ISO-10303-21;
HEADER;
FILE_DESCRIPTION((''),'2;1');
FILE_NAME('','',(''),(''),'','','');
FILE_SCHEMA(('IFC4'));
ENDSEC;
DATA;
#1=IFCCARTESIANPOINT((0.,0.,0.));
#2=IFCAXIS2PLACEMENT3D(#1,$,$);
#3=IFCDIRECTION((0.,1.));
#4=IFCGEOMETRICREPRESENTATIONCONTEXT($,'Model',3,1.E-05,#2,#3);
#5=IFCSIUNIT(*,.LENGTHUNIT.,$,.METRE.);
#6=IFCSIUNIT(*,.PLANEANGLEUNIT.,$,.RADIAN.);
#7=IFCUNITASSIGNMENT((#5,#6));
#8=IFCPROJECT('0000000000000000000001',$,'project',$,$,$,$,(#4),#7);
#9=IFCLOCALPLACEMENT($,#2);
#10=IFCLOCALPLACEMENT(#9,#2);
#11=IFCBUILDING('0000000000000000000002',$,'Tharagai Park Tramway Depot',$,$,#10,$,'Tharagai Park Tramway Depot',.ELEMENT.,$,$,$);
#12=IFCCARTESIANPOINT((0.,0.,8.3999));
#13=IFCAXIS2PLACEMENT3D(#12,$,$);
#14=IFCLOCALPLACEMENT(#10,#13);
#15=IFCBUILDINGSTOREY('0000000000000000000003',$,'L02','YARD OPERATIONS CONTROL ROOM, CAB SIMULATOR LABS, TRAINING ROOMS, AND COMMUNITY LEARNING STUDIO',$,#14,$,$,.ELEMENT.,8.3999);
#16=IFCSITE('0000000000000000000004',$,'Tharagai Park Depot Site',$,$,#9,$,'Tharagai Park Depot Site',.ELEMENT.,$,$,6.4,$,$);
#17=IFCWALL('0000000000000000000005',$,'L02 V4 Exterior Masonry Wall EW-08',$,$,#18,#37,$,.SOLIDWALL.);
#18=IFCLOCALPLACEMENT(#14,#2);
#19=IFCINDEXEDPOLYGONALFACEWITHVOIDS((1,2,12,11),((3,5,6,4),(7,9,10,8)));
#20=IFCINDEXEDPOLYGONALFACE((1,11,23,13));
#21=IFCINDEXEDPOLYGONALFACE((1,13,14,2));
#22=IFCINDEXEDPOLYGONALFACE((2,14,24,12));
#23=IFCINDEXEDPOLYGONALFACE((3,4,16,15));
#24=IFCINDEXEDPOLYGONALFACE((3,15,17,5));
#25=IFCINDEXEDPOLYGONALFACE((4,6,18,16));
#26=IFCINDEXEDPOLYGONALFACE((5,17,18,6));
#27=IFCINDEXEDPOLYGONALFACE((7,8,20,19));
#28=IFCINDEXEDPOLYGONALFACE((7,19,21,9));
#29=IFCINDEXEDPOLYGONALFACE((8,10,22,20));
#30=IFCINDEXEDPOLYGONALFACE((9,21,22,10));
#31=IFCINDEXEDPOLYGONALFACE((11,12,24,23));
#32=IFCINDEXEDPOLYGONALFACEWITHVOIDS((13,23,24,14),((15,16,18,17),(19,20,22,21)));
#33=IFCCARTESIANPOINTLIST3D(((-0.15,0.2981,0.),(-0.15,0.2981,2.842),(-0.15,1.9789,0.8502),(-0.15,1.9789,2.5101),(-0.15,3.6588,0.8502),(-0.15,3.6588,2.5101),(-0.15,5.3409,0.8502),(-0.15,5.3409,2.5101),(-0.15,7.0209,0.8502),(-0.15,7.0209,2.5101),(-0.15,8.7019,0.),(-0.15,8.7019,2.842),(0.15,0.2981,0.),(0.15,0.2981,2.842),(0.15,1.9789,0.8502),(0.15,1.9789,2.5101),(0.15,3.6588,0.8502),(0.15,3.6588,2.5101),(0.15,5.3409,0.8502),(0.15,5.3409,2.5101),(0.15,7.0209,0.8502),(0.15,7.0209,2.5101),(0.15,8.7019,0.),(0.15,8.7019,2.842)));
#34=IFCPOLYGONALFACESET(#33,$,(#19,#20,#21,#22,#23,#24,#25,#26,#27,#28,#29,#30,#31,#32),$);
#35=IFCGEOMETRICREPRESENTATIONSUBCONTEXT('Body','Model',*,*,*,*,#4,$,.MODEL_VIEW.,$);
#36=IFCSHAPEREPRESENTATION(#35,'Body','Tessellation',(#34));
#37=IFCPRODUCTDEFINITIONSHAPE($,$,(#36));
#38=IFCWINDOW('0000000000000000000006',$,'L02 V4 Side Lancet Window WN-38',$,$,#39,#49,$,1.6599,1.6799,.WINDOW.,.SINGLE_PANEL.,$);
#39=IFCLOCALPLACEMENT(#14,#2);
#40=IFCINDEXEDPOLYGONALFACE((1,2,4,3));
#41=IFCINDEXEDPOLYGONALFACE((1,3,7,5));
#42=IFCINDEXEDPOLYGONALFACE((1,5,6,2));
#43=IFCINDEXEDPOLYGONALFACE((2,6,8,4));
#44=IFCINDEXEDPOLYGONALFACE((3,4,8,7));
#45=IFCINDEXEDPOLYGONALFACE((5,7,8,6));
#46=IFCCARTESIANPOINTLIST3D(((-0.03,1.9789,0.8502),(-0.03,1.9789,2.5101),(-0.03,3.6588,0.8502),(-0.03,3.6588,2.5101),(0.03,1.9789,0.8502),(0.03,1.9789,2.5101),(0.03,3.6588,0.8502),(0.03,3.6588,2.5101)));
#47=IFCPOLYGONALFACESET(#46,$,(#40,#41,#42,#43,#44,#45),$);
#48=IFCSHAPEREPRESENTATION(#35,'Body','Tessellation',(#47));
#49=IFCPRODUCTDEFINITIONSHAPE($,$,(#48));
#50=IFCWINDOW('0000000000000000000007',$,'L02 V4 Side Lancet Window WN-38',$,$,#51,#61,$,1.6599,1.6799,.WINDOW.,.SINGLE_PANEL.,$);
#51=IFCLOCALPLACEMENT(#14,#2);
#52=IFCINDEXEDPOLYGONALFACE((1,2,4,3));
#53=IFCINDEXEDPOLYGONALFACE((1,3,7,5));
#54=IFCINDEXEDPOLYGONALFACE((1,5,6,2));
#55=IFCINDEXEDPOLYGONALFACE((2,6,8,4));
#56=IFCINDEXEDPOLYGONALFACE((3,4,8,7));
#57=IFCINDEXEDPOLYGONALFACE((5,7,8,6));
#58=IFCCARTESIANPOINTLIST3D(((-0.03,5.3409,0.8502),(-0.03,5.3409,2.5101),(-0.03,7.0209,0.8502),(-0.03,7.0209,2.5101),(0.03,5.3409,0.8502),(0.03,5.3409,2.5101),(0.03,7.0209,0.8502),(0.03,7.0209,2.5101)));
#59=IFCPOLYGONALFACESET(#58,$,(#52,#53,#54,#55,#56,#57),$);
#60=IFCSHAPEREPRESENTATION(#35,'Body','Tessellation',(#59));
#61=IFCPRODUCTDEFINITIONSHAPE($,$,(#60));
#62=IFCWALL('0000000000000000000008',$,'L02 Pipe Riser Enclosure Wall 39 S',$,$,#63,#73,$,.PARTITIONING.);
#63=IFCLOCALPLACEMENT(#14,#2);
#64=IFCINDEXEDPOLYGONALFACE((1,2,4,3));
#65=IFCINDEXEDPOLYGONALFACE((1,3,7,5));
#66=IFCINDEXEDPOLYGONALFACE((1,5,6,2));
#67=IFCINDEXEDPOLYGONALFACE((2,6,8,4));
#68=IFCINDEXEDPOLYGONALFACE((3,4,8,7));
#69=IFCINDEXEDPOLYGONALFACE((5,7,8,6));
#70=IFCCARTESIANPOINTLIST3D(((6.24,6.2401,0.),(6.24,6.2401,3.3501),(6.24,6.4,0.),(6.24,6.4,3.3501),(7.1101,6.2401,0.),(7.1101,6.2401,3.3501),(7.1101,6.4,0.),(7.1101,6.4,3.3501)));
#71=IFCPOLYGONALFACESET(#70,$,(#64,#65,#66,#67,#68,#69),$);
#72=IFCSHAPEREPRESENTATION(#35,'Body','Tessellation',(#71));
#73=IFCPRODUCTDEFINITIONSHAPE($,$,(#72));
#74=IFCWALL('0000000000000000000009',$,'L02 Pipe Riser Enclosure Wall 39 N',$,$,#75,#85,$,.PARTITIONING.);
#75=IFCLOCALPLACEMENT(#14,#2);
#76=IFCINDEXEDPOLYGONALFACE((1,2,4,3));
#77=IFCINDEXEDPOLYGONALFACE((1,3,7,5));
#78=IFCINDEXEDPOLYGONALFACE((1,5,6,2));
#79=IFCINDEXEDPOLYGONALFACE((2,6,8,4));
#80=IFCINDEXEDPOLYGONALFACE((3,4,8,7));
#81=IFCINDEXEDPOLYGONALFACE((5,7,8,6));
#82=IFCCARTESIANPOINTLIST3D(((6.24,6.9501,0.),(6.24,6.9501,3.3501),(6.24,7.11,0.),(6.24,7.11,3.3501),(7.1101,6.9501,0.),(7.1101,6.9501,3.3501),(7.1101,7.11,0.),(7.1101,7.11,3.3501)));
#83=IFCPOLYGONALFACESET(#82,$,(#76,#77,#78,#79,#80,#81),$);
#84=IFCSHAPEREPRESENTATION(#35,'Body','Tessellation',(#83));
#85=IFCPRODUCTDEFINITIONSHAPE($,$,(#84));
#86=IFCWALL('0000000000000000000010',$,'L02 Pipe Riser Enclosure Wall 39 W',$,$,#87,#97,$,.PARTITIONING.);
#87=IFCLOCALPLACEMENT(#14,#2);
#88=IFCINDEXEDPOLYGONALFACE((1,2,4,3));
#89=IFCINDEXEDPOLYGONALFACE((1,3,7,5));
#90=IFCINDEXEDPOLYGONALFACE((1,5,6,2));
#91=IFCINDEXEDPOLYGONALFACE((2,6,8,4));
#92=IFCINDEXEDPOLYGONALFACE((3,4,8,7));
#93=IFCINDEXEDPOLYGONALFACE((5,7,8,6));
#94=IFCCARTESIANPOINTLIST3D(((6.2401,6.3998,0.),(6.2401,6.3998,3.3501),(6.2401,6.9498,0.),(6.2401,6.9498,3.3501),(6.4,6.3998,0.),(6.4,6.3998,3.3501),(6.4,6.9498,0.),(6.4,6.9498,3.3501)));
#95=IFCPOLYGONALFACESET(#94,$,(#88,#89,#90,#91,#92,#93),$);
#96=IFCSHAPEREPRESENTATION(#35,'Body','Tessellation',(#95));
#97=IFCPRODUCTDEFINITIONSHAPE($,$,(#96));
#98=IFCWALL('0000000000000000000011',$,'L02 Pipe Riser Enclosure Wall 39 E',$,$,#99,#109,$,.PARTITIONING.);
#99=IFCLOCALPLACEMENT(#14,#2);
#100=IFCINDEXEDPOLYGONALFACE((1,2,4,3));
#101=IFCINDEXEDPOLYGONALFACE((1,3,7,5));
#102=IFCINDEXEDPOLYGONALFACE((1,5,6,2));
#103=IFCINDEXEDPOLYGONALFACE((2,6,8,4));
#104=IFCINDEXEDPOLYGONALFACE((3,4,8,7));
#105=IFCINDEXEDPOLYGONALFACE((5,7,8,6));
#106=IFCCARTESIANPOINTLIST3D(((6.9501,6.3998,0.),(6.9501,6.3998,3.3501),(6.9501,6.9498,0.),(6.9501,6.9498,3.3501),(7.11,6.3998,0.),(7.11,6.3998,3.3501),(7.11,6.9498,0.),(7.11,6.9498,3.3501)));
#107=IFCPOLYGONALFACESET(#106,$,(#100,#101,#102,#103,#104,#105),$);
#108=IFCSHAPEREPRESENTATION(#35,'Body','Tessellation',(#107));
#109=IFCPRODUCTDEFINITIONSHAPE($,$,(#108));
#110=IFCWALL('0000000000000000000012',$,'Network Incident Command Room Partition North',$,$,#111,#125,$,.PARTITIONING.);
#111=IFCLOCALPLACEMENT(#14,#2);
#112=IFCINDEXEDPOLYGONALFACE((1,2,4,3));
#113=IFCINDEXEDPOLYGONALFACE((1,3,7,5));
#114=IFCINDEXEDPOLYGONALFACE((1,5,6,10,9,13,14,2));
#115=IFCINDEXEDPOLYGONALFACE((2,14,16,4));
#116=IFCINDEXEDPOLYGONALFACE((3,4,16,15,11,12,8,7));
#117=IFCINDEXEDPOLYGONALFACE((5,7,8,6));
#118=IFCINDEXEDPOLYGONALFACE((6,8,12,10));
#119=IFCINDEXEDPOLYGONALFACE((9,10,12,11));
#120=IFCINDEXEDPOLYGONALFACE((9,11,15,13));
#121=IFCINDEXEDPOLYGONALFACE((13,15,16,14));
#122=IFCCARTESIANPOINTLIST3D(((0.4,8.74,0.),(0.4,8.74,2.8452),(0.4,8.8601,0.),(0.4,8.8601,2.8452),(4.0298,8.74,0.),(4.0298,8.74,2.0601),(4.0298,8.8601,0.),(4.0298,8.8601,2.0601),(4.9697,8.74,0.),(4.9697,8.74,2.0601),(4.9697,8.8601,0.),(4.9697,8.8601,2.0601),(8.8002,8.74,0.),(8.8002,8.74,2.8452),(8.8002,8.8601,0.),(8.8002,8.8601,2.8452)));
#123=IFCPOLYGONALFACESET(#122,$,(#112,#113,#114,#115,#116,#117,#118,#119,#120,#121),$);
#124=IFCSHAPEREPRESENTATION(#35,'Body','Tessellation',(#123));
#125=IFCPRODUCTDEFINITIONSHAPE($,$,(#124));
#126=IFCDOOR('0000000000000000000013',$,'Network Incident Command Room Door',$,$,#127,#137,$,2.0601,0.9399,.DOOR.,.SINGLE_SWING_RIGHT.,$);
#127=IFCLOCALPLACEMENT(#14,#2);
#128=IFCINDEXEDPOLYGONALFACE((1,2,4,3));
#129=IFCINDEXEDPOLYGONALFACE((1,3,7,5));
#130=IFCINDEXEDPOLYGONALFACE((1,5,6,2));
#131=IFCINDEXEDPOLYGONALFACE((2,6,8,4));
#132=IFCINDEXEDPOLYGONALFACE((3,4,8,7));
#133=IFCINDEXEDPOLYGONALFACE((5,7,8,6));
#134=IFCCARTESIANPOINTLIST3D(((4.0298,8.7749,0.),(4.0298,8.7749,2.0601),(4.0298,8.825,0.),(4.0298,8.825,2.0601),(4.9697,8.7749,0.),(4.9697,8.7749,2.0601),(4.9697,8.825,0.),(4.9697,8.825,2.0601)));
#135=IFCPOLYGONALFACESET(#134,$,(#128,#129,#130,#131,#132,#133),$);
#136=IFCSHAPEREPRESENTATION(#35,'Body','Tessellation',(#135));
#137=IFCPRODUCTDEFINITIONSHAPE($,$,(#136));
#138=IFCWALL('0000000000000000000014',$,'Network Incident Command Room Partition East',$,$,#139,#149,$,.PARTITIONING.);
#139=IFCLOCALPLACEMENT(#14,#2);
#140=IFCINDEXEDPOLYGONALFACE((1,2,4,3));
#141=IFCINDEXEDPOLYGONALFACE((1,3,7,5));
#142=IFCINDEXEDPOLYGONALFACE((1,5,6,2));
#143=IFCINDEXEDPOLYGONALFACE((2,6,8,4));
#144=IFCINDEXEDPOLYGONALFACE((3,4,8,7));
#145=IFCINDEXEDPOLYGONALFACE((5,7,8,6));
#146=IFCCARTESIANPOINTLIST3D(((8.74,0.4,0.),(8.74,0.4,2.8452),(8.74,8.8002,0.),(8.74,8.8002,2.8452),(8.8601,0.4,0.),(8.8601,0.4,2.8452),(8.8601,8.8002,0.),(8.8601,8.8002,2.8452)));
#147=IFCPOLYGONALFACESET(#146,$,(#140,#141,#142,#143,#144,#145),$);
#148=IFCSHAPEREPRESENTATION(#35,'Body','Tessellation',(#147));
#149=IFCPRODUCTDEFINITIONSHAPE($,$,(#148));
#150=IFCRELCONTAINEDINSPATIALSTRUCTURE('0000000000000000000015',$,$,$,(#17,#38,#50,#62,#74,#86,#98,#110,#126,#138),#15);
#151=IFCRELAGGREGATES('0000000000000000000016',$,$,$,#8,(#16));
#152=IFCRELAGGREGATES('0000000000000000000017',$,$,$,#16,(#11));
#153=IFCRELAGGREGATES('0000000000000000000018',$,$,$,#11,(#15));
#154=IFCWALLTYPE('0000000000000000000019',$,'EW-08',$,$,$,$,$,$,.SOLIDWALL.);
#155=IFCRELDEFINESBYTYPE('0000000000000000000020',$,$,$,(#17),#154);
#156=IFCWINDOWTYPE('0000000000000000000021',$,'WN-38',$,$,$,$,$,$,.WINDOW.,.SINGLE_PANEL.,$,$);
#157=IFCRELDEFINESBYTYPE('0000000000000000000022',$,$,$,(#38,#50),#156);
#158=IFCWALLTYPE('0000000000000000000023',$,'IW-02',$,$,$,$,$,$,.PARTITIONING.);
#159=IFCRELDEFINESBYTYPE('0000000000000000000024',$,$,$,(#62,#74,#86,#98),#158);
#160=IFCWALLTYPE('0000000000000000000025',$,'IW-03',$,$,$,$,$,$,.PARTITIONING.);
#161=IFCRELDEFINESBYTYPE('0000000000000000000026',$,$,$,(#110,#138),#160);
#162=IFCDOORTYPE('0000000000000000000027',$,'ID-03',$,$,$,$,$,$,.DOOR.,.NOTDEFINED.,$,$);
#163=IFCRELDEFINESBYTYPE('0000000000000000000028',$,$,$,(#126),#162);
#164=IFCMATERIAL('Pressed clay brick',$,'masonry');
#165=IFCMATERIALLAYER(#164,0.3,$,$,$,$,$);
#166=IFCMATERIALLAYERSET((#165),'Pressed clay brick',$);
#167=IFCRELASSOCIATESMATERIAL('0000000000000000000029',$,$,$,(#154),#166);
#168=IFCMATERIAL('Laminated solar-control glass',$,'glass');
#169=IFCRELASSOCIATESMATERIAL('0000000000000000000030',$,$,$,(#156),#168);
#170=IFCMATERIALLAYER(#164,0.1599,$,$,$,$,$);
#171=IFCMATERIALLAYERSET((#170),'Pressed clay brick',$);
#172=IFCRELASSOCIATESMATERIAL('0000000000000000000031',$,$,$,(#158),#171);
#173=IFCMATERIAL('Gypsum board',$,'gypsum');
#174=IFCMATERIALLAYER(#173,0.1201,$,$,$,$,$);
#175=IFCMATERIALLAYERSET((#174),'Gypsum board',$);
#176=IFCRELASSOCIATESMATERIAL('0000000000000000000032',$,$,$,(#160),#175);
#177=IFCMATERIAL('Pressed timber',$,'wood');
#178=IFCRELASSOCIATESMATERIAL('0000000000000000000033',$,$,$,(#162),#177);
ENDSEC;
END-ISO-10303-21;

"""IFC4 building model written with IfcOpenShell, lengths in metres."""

from ifc_helpers import new_model, si_unit, direction, frame, frame_2d, origin, place, context, subcontext, project, spatial, rectangle, extrude, material, layer, layer_set, type_object, element, fill, save


model = new_model("IFC4")

# Units and contexts
model_context = context("Model", 3, precision=1e-05, world=origin(), true_north=direction((0.0, 1.0)))
body_context = subcontext(model_context, "Body", "Model", "MODEL_VIEW")
ifc_project = project(units=[si_unit("LENGTHUNIT", "METRE"), si_unit("PLANEANGLEUNIT", "RADIAN")], contexts=[model_context])

# Site, building, storey
site_placement = place(None, origin())
site = spatial("IfcSite", under=ifc_project, at=site_placement, Name="Tharagai Park Depot Site", LongName="Tharagai Park Depot Site", CompositionType="ELEMENT", RefElevation=6.4)
building_placement = place(site_placement, origin())
building = spatial("IfcBuilding", under=site, at=building_placement, Name="Tharagai Park Tramway Depot", LongName="Tharagai Park Tramway Depot", CompositionType="ELEMENT")
storey_placement = place(building_placement, frame((0.0, 0.0, 8.3999)))
storey = spatial("IfcBuildingStorey", under=building, at=storey_placement, Name="L02", Description="YARD OPERATIONS CONTROL ROOM, CAB SIMULATOR LABS, TRAINING ROOMS, AND COMMUNITY LEARNING STUDIO", CompositionType="ELEMENT", Elevation=8.3999)

# Wall, openings, windows
ifc_material_1 = material(Name="Pressed clay brick", Category="masonry")
ifc_layer_1 = layer(ifc_material_1, 0.3)
ifc_layer_set_1 = layer_set([ifc_layer_1], Name="Pressed clay brick")
wall_type_1 = type_object("IfcWallType", Name="EW-08", PredefinedType="SOLIDWALL", material=ifc_layer_set_1)
ifc_material_2 = material(Name="Laminated solar-control glass", Category="glass")
wall_1_placement = place(storey_placement, frame((0.0, 0.2981, 0.0), z_axis=(0.0, 0.0, 1.0), x_axis=(0.0, 1.0, 0.0)))
wall_1 = element("IfcWall", 1, at=wall_1_placement, inside=storey, type_object=wall_type_1, Name="L02 V4 Exterior Masonry Wall EW-08", PredefinedType="SOLIDWALL", context=body_context, shape_type="SweptSolid", body=[
    extrude(rectangle(XDim=8.4038, YDim=0.3, at=frame_2d((4.2019, 0.0))), origin(), (0.0, 0.0, 1.0), 2.842),
])
opening_1_placement = place(wall_1_placement, frame((1.6809, 0.0, 0.8501)))
opening_1 = element("IfcOpeningElement", 2, at=opening_1_placement, cuts=wall_1, PredefinedType="OPENING", context=body_context, shape_type="SweptSolid", body=[
    extrude(rectangle(XDim=1.6799, YDim=1.6599, at=frame_2d((0.8398, 0.8301))), frame((0.0, 0.1599, 0.0), z_axis=(0.0, -1.0, 0.0), x_axis=(1.0, 0.0, 0.0)), (0.0, 0.0, 1.0), 0.3201),
])
opening_2_placement = place(wall_1_placement, frame((5.043, 0.0, 0.8501)))
opening_2 = element("IfcOpeningElement", 3, at=opening_2_placement, cuts=wall_1, PredefinedType="OPENING", context=body_context, shape_type="SweptSolid", body=[
    extrude(rectangle(XDim=1.6799, YDim=1.6599, at=frame_2d((0.8398, 0.8301))), frame((0.0, 0.1599, 0.0), z_axis=(0.0, -1.0, 0.0), x_axis=(1.0, 0.0, 0.0)), (0.0, 0.0, 1.0), 0.3201),
])
window_type_1 = type_object("IfcWindowType", Name="WN-38", PartitioningType="SINGLE_PANEL", PredefinedType="WINDOW", material=ifc_material_2)
window_1_placement = place(opening_1_placement, origin())
window_1 = element("IfcWindow", 4, at=window_1_placement, inside=storey, type_object=window_type_1, Name="L02 V4 Side Lancet Window WN-38", OverallHeight=1.6599, OverallWidth=1.6799, PartitioningType="SINGLE_PANEL", PredefinedType="WINDOW", context=body_context, shape_type="SweptSolid", body=[
    extrude(rectangle(XDim=1.6799, YDim=1.6599, at=frame_2d((0.8398, 0.8301))), frame((0.0, 0.03, 0.0), z_axis=(0.0, -1.0, 0.0), x_axis=(1.0, 0.0, 0.0)), (0.0, 0.0, 1.0), 0.0601),
])
fill(opening_1, window_1)
window_2_placement = place(opening_2_placement, origin())
window_2 = element("IfcWindow", 5, at=window_2_placement, inside=storey, type_object=window_type_1, Name="L02 V4 Side Lancet Window WN-38", OverallHeight=1.6599, OverallWidth=1.6799, PartitioningType="SINGLE_PANEL", PredefinedType="WINDOW", context=body_context, shape_type="SweptSolid", body=[
    extrude(rectangle(XDim=1.6799, YDim=1.6599, at=frame_2d((0.8398, 0.8301))), frame((0.0, 0.03, 0.0), z_axis=(0.0, -1.0, 0.0), x_axis=(1.0, 0.0, 0.0)), (0.0, 0.0, 1.0), 0.0601),
])
fill(opening_2, window_2)

# Walls
ifc_layer_2 = layer(ifc_material_1, 0.1599)
ifc_layer_set_2 = layer_set([ifc_layer_2], Name="Pressed clay brick")
wall_type_2 = type_object("IfcWallType", Name="IW-02", PredefinedType="PARTITIONING", material=ifc_layer_set_2)
for number, where, z_axis, x_axis, name in (
    (6, (6.24, 6.3201, 0.0), (0.0, 0.0, 1.0), (1.0, 0.0, 0.0), "L02 Pipe Riser Enclosure Wall 39 S"),
    (7, (6.24, 7.03, 0.0), (0.0, 0.0, 1.0), (1.0, 0.0, 0.0), "L02 Pipe Riser Enclosure Wall 39 N"),
):
    element("IfcWall", number, at=place(storey_placement, frame(where, z_axis=z_axis, x_axis=x_axis)), inside=storey, type_object=wall_type_2, Name=name, PredefinedType="PARTITIONING", context=body_context, shape_type="SweptSolid", body=[
        extrude(rectangle(XDim=0.8701, YDim=0.1599, at=frame_2d((0.4351, 0.0))), origin(), (0.0, 0.0, 1.0), 3.3501),
    ])
for number, where, z_axis, x_axis, name in (
    (8, (6.3201, 6.3999, 0.0), (0.0, 0.0, 1.0), (0.0, 1.0, 0.0), "L02 Pipe Riser Enclosure Wall 39 W"),
    (9, (7.03, 6.3999, 0.0), (0.0, 0.0, 1.0), (0.0, 1.0, 0.0), "L02 Pipe Riser Enclosure Wall 39 E"),
):
    element("IfcWall", number, at=place(storey_placement, frame(where, z_axis=z_axis, x_axis=x_axis)), inside=storey, type_object=wall_type_2, Name=name, PredefinedType="PARTITIONING", context=body_context, shape_type="SweptSolid", body=[
        extrude(rectangle(XDim=0.55, YDim=0.1599, at=frame_2d((0.2749, 0.0))), origin(), (0.0, 0.0, 1.0), 3.3501),
    ])

# Wall, opening, door
ifc_material_3 = material(Name="Gypsum board", Category="gypsum")
ifc_layer_3 = layer(ifc_material_3, 0.1201)
ifc_layer_set_3 = layer_set([ifc_layer_3], Name="Gypsum board")
wall_type_3 = type_object("IfcWallType", Name="IW-03", PredefinedType="PARTITIONING", material=ifc_layer_set_3)
wall_2_placement = place(storey_placement, frame((0.3999, 8.8, 0.0), z_axis=(0.0, 0.0, 1.0), x_axis=(1.0, 0.0, 0.0)))
wall_2 = element("IfcWall", 10, at=wall_2_placement, inside=storey, type_object=wall_type_3, Name="Network Incident Command Room Partition North", PredefinedType="PARTITIONING", context=body_context, shape_type="SweptSolid", body=[
    extrude(rectangle(XDim=8.4001, YDim=0.1201, at=frame_2d((4.2002, 0.0))), origin(), (0.0, 0.0, 1.0), 2.8452),
])
opening_3_placement = place(wall_2_placement, frame((3.6299, 0.0, 0.0)))
opening_3 = element("IfcOpeningElement", 11, at=opening_3_placement, cuts=wall_2, PredefinedType="OPENING", context=body_context, shape_type="SweptSolid", body=[
    extrude(rectangle(XDim=0.9399, YDim=2.0601, at=frame_2d((0.47, 1.03))), frame((0.0, 0.0701, 0.0), z_axis=(0.0, -1.0, 0.0), x_axis=(1.0, 0.0, 0.0)), (0.0, 0.0, 1.0), 0.1401),
])
ifc_material_4 = material(Name="Pressed timber", Category="wood")
door_type = type_object("IfcDoorType", Name="ID-03", OperationType="NOTDEFINED", PredefinedType="DOOR", material=ifc_material_4)
door_placement = place(opening_3_placement, origin())
door = element("IfcDoor", 12, at=door_placement, inside=storey, type_object=door_type, Name="Network Incident Command Room Door", OperationType="SINGLE_SWING_RIGHT", OverallHeight=2.0601, OverallWidth=0.9399, PredefinedType="DOOR", context=body_context, shape_type="SweptSolid", body=[
    extrude(rectangle(XDim=0.9399, YDim=2.0601, at=frame_2d((0.47, 1.03))), frame((0.0, 0.0249, 0.0), z_axis=(0.0, -1.0, 0.0), x_axis=(1.0, 0.0, 0.0)), (0.0, 0.0, 1.0), 0.05),
])
fill(opening_3, door)

# Wall
wall_3_placement = place(storey_placement, frame((8.8, 0.3999, 0.0), z_axis=(0.0, 0.0, 1.0), x_axis=(0.0, 1.0, 0.0)))
element("IfcWall", 13, at=wall_3_placement, inside=storey, type_object=wall_type_3, Name="Network Incident Command Room Partition East", PredefinedType="PARTITIONING", context=body_context, shape_type="SweptSolid", body=[
    extrude(rectangle(XDim=8.4001, YDim=0.1201, at=frame_2d((4.2002, 0.0))), origin(), (0.0, 0.0, 1.0), 2.8452),
])

save(model, "model.ifc")
